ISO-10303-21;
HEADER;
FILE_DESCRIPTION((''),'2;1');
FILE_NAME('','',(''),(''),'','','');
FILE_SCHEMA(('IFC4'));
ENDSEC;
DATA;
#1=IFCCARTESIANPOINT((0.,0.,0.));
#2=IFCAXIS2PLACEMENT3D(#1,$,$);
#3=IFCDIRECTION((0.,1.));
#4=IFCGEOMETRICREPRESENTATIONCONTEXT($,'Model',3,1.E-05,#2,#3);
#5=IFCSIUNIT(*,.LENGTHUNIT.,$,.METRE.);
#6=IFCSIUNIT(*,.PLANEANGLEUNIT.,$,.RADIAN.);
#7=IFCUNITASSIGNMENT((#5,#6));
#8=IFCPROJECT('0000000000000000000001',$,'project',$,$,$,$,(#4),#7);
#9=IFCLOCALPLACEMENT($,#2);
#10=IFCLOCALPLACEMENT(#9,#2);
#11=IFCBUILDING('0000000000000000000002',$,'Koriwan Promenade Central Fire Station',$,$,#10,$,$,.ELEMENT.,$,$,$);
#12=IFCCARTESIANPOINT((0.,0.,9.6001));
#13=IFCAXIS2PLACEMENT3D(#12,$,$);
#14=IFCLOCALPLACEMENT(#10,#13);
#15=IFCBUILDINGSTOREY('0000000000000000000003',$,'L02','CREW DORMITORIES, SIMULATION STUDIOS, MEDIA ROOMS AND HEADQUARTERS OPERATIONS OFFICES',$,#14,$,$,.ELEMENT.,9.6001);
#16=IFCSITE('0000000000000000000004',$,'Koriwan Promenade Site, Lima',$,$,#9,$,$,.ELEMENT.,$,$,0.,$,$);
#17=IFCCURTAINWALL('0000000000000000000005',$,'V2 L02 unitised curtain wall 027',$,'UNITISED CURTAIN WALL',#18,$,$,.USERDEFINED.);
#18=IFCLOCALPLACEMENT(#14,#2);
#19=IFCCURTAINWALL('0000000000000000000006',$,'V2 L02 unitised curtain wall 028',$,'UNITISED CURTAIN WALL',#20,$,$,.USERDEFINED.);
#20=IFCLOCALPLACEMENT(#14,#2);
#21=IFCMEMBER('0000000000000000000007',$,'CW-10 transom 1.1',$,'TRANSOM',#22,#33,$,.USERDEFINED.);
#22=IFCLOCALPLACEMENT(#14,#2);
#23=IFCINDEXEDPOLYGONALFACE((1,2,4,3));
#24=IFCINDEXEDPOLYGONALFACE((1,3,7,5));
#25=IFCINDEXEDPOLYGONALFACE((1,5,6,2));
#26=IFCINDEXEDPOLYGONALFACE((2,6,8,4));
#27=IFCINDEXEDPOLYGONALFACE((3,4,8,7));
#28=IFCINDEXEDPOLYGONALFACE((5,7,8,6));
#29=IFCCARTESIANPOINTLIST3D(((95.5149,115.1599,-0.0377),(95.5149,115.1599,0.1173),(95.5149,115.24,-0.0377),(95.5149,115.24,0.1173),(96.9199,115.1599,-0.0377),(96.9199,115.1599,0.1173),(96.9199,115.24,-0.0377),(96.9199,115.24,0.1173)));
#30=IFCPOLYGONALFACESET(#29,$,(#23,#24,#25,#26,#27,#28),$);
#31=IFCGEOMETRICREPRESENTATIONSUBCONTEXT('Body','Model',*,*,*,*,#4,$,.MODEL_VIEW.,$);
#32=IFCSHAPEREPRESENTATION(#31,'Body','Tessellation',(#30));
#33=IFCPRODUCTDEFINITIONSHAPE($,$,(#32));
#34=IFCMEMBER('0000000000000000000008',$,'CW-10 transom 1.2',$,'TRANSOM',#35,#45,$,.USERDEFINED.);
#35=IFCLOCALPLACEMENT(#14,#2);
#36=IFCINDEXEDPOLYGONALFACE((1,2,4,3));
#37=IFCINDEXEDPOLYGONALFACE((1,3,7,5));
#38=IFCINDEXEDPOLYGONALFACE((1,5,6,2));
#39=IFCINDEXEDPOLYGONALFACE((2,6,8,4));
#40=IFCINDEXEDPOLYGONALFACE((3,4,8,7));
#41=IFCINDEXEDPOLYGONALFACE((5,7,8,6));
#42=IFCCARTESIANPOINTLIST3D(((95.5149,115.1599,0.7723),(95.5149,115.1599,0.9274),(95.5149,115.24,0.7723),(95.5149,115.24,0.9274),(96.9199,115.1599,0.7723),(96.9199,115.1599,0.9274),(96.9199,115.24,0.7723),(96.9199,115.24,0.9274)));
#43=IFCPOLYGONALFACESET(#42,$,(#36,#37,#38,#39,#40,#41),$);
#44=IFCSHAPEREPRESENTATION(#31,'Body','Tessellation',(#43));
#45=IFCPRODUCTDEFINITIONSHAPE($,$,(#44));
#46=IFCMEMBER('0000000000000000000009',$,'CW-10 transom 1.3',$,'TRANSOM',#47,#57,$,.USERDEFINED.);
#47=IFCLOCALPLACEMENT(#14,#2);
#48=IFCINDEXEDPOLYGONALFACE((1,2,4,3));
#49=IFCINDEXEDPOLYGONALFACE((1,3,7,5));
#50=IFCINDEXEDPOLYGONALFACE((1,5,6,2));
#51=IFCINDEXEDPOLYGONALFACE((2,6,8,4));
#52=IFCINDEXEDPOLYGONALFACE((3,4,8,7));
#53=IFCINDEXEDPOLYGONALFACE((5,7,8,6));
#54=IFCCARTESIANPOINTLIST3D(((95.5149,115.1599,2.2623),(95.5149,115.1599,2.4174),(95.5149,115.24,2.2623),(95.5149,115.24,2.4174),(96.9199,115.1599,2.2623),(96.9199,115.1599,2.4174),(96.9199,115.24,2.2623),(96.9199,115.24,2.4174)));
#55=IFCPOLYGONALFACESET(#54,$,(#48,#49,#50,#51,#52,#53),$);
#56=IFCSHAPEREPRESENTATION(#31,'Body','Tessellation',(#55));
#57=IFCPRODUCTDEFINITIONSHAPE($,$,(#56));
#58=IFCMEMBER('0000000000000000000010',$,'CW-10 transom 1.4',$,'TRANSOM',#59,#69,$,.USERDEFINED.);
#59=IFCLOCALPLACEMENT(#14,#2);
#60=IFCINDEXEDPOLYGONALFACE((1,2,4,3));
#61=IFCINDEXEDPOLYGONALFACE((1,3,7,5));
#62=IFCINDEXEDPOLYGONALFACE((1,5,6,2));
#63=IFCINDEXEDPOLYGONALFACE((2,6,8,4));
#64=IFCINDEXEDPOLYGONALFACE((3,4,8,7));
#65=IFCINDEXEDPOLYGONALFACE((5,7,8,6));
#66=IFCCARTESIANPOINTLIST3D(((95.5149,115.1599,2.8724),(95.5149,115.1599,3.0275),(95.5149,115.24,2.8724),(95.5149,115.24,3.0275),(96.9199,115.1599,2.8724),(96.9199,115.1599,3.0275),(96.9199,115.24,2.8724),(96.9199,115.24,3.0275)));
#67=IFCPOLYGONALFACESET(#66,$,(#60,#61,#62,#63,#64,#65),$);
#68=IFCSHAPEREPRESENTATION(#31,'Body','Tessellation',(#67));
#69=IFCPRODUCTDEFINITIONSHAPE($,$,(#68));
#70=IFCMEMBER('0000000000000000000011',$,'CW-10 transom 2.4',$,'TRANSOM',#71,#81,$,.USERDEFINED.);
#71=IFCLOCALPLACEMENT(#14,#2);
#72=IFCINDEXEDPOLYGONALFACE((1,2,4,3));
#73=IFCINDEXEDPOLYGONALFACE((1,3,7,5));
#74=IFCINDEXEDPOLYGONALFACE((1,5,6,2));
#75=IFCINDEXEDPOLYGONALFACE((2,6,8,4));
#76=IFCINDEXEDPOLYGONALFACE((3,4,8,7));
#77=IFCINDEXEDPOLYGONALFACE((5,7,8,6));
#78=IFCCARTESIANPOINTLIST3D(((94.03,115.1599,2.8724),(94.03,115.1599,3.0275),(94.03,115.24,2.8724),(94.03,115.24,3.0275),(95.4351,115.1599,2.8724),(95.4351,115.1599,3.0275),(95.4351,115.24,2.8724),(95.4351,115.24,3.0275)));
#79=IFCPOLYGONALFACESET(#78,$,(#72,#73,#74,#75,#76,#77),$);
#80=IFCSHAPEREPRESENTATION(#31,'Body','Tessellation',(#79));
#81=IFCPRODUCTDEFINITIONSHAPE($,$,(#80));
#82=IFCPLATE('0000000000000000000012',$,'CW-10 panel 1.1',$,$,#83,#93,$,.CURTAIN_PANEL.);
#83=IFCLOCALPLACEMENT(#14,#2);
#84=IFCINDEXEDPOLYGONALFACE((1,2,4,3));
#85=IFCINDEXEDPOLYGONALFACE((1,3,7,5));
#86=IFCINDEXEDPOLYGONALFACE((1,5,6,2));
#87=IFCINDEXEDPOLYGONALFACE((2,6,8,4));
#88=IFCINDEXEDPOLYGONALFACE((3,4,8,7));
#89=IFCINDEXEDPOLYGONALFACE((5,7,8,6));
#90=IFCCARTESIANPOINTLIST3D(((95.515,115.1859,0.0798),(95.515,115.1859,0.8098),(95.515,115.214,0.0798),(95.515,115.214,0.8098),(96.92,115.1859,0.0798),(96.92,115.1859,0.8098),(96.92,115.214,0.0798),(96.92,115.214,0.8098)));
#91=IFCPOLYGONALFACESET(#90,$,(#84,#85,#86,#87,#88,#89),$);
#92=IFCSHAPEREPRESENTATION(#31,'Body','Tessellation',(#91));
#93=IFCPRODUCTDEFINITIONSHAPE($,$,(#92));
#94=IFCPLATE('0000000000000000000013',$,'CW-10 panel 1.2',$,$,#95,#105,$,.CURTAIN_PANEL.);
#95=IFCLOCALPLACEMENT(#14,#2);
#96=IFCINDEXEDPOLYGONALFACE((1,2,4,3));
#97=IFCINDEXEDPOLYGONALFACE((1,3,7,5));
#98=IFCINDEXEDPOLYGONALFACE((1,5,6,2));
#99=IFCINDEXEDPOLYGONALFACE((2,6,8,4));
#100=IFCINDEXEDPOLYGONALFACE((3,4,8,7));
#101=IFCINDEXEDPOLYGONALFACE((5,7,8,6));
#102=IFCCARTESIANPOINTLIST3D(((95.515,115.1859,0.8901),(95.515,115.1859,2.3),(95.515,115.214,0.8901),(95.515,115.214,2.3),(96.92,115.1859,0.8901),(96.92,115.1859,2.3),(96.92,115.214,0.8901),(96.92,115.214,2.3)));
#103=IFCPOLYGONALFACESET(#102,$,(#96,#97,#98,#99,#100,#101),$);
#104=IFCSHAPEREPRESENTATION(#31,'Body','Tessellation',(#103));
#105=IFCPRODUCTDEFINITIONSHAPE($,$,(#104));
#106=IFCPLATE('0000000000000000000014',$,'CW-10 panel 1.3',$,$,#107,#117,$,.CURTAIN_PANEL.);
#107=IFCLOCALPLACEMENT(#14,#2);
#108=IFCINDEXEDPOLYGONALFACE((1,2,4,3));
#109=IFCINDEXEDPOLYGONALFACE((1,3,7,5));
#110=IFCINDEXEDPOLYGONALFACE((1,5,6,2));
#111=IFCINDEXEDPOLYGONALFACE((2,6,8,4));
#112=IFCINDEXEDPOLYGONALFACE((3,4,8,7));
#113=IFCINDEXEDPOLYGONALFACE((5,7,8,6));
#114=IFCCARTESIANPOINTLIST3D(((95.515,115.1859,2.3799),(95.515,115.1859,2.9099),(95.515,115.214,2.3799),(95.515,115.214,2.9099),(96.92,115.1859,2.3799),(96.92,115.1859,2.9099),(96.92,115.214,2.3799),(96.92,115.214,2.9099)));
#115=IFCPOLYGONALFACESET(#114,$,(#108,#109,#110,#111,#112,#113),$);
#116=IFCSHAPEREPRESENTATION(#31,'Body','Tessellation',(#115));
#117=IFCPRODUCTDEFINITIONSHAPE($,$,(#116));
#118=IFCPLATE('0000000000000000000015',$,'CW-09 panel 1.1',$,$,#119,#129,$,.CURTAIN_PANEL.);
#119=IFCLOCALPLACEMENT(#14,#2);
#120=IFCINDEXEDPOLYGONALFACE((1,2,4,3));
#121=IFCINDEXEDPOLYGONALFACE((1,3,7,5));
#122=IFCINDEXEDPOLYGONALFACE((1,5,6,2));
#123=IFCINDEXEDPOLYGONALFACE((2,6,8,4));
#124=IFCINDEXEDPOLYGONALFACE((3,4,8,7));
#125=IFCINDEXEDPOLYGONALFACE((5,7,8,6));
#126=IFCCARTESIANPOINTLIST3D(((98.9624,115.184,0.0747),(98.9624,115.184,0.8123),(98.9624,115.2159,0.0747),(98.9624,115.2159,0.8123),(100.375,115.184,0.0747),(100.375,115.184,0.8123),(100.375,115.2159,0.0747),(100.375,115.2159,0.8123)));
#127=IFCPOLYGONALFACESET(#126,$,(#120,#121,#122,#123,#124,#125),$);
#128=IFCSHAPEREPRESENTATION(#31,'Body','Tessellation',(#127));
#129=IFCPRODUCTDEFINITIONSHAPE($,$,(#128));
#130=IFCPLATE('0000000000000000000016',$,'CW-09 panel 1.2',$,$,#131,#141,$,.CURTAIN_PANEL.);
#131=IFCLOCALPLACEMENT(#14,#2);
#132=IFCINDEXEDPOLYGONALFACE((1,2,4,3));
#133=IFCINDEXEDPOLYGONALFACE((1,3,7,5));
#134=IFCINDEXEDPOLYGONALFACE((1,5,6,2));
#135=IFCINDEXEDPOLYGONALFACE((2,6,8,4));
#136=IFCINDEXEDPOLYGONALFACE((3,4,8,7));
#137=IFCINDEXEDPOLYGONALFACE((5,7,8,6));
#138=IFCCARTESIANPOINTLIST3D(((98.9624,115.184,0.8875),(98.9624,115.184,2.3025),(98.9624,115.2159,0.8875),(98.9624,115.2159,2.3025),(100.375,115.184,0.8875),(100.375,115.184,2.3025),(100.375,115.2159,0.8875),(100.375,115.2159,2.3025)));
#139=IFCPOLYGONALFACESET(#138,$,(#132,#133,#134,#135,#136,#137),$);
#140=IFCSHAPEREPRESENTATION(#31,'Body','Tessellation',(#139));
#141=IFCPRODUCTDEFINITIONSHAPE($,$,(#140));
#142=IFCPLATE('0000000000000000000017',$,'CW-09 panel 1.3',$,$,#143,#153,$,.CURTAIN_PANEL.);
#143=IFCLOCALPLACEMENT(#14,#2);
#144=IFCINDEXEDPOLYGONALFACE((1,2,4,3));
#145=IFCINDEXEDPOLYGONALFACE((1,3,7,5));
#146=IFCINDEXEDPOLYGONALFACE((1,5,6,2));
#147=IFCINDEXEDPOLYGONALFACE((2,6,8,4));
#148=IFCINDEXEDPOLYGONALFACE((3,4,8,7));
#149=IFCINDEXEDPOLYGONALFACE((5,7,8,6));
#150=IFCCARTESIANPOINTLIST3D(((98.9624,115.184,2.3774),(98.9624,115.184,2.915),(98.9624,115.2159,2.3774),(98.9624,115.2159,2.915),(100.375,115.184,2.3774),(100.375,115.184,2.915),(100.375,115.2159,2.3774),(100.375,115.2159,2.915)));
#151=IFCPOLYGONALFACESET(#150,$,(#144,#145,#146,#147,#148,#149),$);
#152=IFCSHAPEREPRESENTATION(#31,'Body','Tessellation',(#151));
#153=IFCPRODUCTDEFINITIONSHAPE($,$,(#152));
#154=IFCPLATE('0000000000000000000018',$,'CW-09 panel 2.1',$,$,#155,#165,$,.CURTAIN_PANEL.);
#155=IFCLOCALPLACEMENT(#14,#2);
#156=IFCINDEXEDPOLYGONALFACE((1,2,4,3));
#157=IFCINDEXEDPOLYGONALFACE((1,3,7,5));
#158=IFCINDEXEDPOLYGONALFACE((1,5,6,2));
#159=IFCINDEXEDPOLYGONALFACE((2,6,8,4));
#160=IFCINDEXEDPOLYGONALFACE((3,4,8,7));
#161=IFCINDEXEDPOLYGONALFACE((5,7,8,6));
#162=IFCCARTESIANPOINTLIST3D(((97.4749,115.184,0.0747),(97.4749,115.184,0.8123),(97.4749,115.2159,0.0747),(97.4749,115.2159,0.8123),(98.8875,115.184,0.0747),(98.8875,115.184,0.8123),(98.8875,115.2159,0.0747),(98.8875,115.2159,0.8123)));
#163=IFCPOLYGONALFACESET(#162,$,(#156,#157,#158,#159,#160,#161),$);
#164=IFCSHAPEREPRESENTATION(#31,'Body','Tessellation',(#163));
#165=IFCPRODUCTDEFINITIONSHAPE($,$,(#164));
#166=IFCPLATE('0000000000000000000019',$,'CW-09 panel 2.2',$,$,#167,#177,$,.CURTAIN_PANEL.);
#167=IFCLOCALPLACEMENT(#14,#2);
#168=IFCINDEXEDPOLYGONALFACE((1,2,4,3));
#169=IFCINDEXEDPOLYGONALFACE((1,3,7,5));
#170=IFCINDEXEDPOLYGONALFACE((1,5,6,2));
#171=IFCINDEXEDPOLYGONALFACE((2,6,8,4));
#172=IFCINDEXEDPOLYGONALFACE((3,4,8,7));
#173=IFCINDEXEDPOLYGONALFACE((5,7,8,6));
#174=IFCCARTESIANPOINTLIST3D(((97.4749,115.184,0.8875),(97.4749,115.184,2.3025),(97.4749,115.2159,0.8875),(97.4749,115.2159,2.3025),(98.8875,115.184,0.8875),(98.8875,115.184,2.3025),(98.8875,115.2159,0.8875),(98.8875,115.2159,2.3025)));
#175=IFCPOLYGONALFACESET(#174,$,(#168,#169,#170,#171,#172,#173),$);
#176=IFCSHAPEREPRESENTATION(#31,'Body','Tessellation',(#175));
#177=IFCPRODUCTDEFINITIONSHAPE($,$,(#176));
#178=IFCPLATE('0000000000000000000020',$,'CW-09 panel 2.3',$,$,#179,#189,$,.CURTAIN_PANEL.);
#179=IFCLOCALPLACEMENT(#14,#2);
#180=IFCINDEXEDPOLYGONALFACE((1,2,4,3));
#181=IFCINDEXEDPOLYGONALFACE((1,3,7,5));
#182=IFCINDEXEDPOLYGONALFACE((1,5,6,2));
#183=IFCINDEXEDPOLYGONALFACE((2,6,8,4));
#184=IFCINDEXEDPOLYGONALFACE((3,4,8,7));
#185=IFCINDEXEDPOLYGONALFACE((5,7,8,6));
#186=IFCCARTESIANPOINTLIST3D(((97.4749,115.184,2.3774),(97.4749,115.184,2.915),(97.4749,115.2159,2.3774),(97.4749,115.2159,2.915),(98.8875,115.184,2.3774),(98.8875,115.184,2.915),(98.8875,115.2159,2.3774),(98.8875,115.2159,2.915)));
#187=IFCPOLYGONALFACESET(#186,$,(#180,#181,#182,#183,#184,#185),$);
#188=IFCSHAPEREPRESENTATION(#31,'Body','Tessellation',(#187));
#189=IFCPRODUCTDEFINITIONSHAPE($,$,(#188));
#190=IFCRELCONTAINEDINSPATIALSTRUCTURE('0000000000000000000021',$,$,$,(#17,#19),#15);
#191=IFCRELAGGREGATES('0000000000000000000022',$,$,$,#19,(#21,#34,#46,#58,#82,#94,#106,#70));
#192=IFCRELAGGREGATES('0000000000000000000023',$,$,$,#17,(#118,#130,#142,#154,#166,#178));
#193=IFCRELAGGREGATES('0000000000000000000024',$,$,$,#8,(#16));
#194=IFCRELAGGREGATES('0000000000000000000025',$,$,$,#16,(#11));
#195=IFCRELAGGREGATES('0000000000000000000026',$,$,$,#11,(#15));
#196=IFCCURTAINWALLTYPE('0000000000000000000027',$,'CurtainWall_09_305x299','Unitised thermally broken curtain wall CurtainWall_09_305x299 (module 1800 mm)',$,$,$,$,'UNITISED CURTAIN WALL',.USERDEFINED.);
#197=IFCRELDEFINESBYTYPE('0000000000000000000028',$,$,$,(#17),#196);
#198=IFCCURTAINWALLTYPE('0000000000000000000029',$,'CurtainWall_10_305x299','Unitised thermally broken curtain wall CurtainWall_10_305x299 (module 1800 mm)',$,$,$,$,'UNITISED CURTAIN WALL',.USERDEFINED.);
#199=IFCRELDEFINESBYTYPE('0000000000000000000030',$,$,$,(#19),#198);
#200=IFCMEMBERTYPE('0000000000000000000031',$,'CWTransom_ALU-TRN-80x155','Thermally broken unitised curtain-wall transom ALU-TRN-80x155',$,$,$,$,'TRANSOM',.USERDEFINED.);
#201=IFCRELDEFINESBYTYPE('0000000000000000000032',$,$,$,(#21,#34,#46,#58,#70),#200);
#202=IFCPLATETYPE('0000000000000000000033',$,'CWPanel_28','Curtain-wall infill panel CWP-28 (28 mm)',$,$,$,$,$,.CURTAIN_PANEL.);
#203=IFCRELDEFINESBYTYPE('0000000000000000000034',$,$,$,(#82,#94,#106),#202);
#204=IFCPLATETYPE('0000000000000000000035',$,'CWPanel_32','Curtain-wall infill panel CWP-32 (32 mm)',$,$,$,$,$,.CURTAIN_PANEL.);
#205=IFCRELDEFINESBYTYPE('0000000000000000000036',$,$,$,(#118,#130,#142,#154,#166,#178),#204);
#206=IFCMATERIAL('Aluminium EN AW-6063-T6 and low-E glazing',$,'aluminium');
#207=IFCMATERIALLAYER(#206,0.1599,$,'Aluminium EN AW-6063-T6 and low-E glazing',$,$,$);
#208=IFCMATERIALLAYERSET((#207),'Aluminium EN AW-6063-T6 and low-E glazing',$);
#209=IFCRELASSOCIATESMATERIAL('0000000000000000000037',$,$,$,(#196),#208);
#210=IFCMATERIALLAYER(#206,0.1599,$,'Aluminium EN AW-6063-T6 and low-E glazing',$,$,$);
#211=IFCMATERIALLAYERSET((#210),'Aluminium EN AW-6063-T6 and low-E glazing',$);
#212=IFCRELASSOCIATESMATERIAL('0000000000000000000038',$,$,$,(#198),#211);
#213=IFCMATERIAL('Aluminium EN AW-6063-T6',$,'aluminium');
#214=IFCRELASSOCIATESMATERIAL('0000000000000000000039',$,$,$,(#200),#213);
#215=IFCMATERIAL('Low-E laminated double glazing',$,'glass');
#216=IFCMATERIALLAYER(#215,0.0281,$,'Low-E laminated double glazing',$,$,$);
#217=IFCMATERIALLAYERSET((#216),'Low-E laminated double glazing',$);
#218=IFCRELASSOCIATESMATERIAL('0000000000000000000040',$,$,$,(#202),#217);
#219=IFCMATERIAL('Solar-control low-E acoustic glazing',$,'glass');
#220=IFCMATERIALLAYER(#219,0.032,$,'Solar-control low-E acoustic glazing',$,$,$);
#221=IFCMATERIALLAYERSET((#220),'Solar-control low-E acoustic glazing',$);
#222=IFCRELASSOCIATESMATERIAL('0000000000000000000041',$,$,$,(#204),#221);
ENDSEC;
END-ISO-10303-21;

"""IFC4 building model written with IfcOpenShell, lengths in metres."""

from ifc_helpers import new_model, si_unit, direction, frame, origin, origin_2d, place, context, subcontext, project, spatial, rectangle, extrude, material, layer, layer_set, material_profile, profile_set, type_object, element, aggregate, save


model = new_model("IFC4")

# Units and contexts
model_context = context("Model", 3, precision=1e-05, world=origin(), true_north=direction((0.0, 1.0)))
body_context = subcontext(model_context, "Body", "Model", "MODEL_VIEW")
ifc_project = project(units=[si_unit("LENGTHUNIT", "METRE"), si_unit("PLANEANGLEUNIT", "RADIAN")], contexts=[model_context])

# Site, building, storey
site_placement = place(None, origin())
site = spatial("IfcSite", under=ifc_project, at=site_placement, Name="Koriwan Promenade Site, Lima", CompositionType="ELEMENT", RefElevation=0.0)
building_placement = place(site_placement, origin())
building = spatial("IfcBuilding", under=site, at=building_placement, Name="Koriwan Promenade Central Fire Station", CompositionType="ELEMENT")
storey_placement = place(building_placement, frame((0.0, 0.0, 9.6001)))
storey = spatial("IfcBuildingStorey", under=building, at=storey_placement, Name="L02", Description="CREW DORMITORIES, SIMULATION STUDIOS, MEDIA ROOMS AND HEADQUARTERS OPERATIONS OFFICES", CompositionType="ELEMENT", Elevation=9.6001)

# Curtain walls
ifc_material_1 = material(Name="Aluminium EN AW-6063-T6 and low-E glazing", Category="aluminium")
ifc_layer_1 = layer(ifc_material_1, 0.1599, Name="Aluminium EN AW-6063-T6 and low-E glazing")
ifc_layer_set_1 = layer_set([ifc_layer_1], Name="Aluminium EN AW-6063-T6 and low-E glazing")
curtain_wall_type_1 = type_object("IfcCurtainWallType", Name="CurtainWall_09_305x299", Description="Unitised thermally broken curtain wall CurtainWall_09_305x299 (module 1800 mm)", ElementType="UNITISED CURTAIN WALL", PredefinedType="USERDEFINED", material=ifc_layer_set_1)
curtain_wall_1_placement = place(storey_placement, origin())
curtain_wall_1 = element("IfcCurtainWall", 1, at=curtain_wall_1_placement, inside=storey, type_object=curtain_wall_type_1, Name="V2 L02 unitised curtain wall 027", ObjectType="UNITISED CURTAIN WALL", PredefinedType="USERDEFINED")
ifc_material_2 = material(Name="Aluminium EN AW-6063-T6", Category="aluminium")
ifc_layer_2 = layer(ifc_material_1, 0.1599, Name="Aluminium EN AW-6063-T6 and low-E glazing")
ifc_layer_set_2 = layer_set([ifc_layer_2], Name="Aluminium EN AW-6063-T6 and low-E glazing")
curtain_wall_type_2 = type_object("IfcCurtainWallType", Name="CurtainWall_10_305x299", Description="Unitised thermally broken curtain wall CurtainWall_10_305x299 (module 1800 mm)", ElementType="UNITISED CURTAIN WALL", PredefinedType="USERDEFINED", material=ifc_layer_set_2)
curtain_wall_2_placement = place(storey_placement, origin())
curtain_wall_2 = element("IfcCurtainWall", 2, at=curtain_wall_2_placement, inside=storey, type_object=curtain_wall_type_2, Name="V2 L02 unitised curtain wall 028", ObjectType="UNITISED CURTAIN WALL", PredefinedType="USERDEFINED")

# Members
ifc_material_profile_1 = material_profile(ifc_material_2, rectangle(XDim=0.0801, YDim=0.155, at=origin_2d()), Name="ALU-TRN-80x155")
ifc_profile_set_1 = profile_set([ifc_material_profile_1], Name="Aluminium EN AW-6063-T6")
member_type_1 = type_object("IfcMemberType", Name="CWTransom_ALU-TRN-80x155", Description="Thermally broken unitised curtain-wall transom ALU-TRN-80x155", ElementType="TRANSOM", PredefinedType="USERDEFINED", material=ifc_profile_set_1)
member_1_placement = place(storey_placement, frame((96.9199, 115.2, 0.0398), z_axis=(-1.0, 0.0, 0.0), x_axis=(0.0, -1.0, 0.0)))
member_1 = element("IfcMember", 3, at=member_1_placement, type_object=member_type_1, Name="CW-10 transom 1.1", ObjectType="TRANSOM", PredefinedType="USERDEFINED", context=body_context, shape_type="SweptSolid", body=[
    extrude(rectangle(XDim=0.0801, YDim=0.155, at=origin_2d()), origin(), (0.0, 0.0, 1.0), 1.405),
])
member_2_placement = place(storey_placement, frame((96.9199, 115.2, 0.8499), z_axis=(-1.0, 0.0, 0.0), x_axis=(0.0, -1.0, 0.0)))
member_2 = element("IfcMember", 4, at=member_2_placement, type_object=member_type_1, Name="CW-10 transom 1.2", ObjectType="TRANSOM", PredefinedType="USERDEFINED", context=body_context, shape_type="SweptSolid", body=[
    extrude(rectangle(XDim=0.0801, YDim=0.155, at=origin_2d()), origin(), (0.0, 0.0, 1.0), 1.405),
])
member_3_placement = place(storey_placement, frame((96.9199, 115.2, 2.3398), z_axis=(-1.0, 0.0, 0.0), x_axis=(0.0, -1.0, 0.0)))
member_3 = element("IfcMember", 5, at=member_3_placement, type_object=member_type_1, Name="CW-10 transom 1.3", ObjectType="TRANSOM", PredefinedType="USERDEFINED", context=body_context, shape_type="SweptSolid", body=[
    extrude(rectangle(XDim=0.0801, YDim=0.155, at=origin_2d()), origin(), (0.0, 0.0, 1.0), 1.405),
])
member_4_placement = place(storey_placement, frame((96.9199, 115.2, 2.95), z_axis=(-1.0, 0.0, 0.0), x_axis=(0.0, -1.0, 0.0)))
member_4 = element("IfcMember", 6, at=member_4_placement, type_object=member_type_1, Name="CW-10 transom 1.4", ObjectType="TRANSOM", PredefinedType="USERDEFINED", context=body_context, shape_type="SweptSolid", body=[
    extrude(rectangle(XDim=0.0801, YDim=0.155, at=origin_2d()), origin(), (0.0, 0.0, 1.0), 1.405),
])
member_5_placement = place(storey_placement, frame((95.4351, 115.2, 2.95), z_axis=(-1.0, 0.0, 0.0), x_axis=(0.0, -1.0, 0.0)))
member_5 = element("IfcMember", 7, at=member_5_placement, type_object=member_type_1, Name="CW-10 transom 2.4", ObjectType="TRANSOM", PredefinedType="USERDEFINED", context=body_context, shape_type="SweptSolid", body=[
    extrude(rectangle(XDim=0.0801, YDim=0.155, at=origin_2d()), origin(), (0.0, 0.0, 1.0), 1.405),
])

# Plates
ifc_material_3 = material(Name="Low-E laminated double glazing", Category="glass")
ifc_layer_3 = layer(ifc_material_3, 0.0281, Name="Low-E laminated double glazing")
ifc_layer_set_3 = layer_set([ifc_layer_3], Name="Low-E laminated double glazing")
plate_type_1 = type_object("IfcPlateType", Name="CWPanel_28", Description="Curtain-wall infill panel CWP-28 (28 mm)", PredefinedType="CURTAIN_PANEL", material=ifc_layer_set_3)
plate_1_placement = place(storey_placement, frame((96.2175, 115.2, 0.0798), z_axis=(0.0, 0.0, 1.0), x_axis=(-1.0, 0.0, 0.0)))
plate_1 = element("IfcPlate", 8, at=plate_1_placement, type_object=plate_type_1, Name="CW-10 panel 1.1", PredefinedType="CURTAIN_PANEL", context=body_context, shape_type="SweptSolid", body=[
    extrude(rectangle(XDim=1.405, YDim=0.0281, at=origin_2d()), origin(), (0.0, 0.0, 1.0), 0.73),
])
plate_2_placement = place(storey_placement, frame((96.2175, 115.2, 0.8901), z_axis=(0.0, 0.0, 1.0), x_axis=(-1.0, 0.0, 0.0)))
plate_2 = element("IfcPlate", 9, at=plate_2_placement, type_object=plate_type_1, Name="CW-10 panel 1.2", PredefinedType="CURTAIN_PANEL", context=body_context, shape_type="SweptSolid", body=[
    extrude(rectangle(XDim=1.405, YDim=0.0281, at=origin_2d()), origin(), (0.0, 0.0, 1.0), 1.4099),
])
plate_3_placement = place(storey_placement, frame((96.2175, 115.2, 2.3799), z_axis=(0.0, 0.0, 1.0), x_axis=(-1.0, 0.0, 0.0)))
plate_3 = element("IfcPlate", 10, at=plate_3_placement, type_object=plate_type_1, Name="CW-10 panel 1.3", PredefinedType="CURTAIN_PANEL", context=body_context, shape_type="SweptSolid", body=[
    extrude(rectangle(XDim=1.405, YDim=0.0281, at=origin_2d()), origin(), (0.0, 0.0, 1.0), 0.53),
])
aggregate(curtain_wall_2, [member_1, member_2, member_3, member_4, plate_1, plate_2, plate_3, member_5])
ifc_material_4 = material(Name="Solar-control low-E acoustic glazing", Category="glass")
ifc_layer_4 = layer(ifc_material_4, 0.032, Name="Solar-control low-E acoustic glazing")
ifc_layer_set_4 = layer_set([ifc_layer_4], Name="Solar-control low-E acoustic glazing")
plate_type_2 = type_object("IfcPlateType", Name="CWPanel_32", Description="Curtain-wall infill panel CWP-32 (32 mm)", PredefinedType="CURTAIN_PANEL", material=ifc_layer_set_4)
plate_4_placement = place(storey_placement, frame((99.6687, 115.2, 0.0747), z_axis=(0.0, 0.0, 1.0), x_axis=(-1.0, 0.0, 0.0)))
plate_4 = element("IfcPlate", 11, at=plate_4_placement, type_object=plate_type_2, Name="CW-09 panel 1.1", PredefinedType="CURTAIN_PANEL", context=body_context, shape_type="SweptSolid", body=[
    extrude(rectangle(XDim=1.4126, YDim=0.032, at=origin_2d()), origin(), (0.0, 0.0, 1.0), 0.7375),
])
plate_5_placement = place(storey_placement, frame((99.6687, 115.2, 0.8875), z_axis=(0.0, 0.0, 1.0), x_axis=(-1.0, 0.0, 0.0)))
plate_5 = element("IfcPlate", 12, at=plate_5_placement, type_object=plate_type_2, Name="CW-09 panel 1.2", PredefinedType="CURTAIN_PANEL", context=body_context, shape_type="SweptSolid", body=[
    extrude(rectangle(XDim=1.4126, YDim=0.032, at=origin_2d()), origin(), (0.0, 0.0, 1.0), 1.415),
])
plate_6_placement = place(storey_placement, frame((99.6687, 115.2, 2.3774), z_axis=(0.0, 0.0, 1.0), x_axis=(-1.0, 0.0, 0.0)))
plate_6 = element("IfcPlate", 13, at=plate_6_placement, type_object=plate_type_2, Name="CW-09 panel 1.3", PredefinedType="CURTAIN_PANEL", context=body_context, shape_type="SweptSolid", body=[
    extrude(rectangle(XDim=1.4126, YDim=0.032, at=origin_2d()), origin(), (0.0, 0.0, 1.0), 0.5376),
])
plate_7_placement = place(storey_placement, frame((98.1812, 115.2, 0.0747), z_axis=(0.0, 0.0, 1.0), x_axis=(-1.0, 0.0, 0.0)))
plate_7 = element("IfcPlate", 14, at=plate_7_placement, type_object=plate_type_2, Name="CW-09 panel 2.1", PredefinedType="CURTAIN_PANEL", context=body_context, shape_type="SweptSolid", body=[
    extrude(rectangle(XDim=1.4126, YDim=0.032, at=origin_2d()), origin(), (0.0, 0.0, 1.0), 0.7375),
])
plate_8_placement = place(storey_placement, frame((98.1812, 115.2, 0.8875), z_axis=(0.0, 0.0, 1.0), x_axis=(-1.0, 0.0, 0.0)))
plate_8 = element("IfcPlate", 15, at=plate_8_placement, type_object=plate_type_2, Name="CW-09 panel 2.2", PredefinedType="CURTAIN_PANEL", context=body_context, shape_type="SweptSolid", body=[
    extrude(rectangle(XDim=1.4126, YDim=0.032, at=origin_2d()), origin(), (0.0, 0.0, 1.0), 1.415),
])
plate_9_placement = place(storey_placement, frame((98.1812, 115.2, 2.3774), z_axis=(0.0, 0.0, 1.0), x_axis=(-1.0, 0.0, 0.0)))
plate_9 = element("IfcPlate", 16, at=plate_9_placement, type_object=plate_type_2, Name="CW-09 panel 2.3", PredefinedType="CURTAIN_PANEL", context=body_context, shape_type="SweptSolid", body=[
    extrude(rectangle(XDim=1.4126, YDim=0.032, at=origin_2d()), origin(), (0.0, 0.0, 1.0), 0.5376),
])
aggregate(curtain_wall_1, [plate_4, plate_5, plate_6, plate_7, plate_8, plate_9])

save(model, "model.ifc")
